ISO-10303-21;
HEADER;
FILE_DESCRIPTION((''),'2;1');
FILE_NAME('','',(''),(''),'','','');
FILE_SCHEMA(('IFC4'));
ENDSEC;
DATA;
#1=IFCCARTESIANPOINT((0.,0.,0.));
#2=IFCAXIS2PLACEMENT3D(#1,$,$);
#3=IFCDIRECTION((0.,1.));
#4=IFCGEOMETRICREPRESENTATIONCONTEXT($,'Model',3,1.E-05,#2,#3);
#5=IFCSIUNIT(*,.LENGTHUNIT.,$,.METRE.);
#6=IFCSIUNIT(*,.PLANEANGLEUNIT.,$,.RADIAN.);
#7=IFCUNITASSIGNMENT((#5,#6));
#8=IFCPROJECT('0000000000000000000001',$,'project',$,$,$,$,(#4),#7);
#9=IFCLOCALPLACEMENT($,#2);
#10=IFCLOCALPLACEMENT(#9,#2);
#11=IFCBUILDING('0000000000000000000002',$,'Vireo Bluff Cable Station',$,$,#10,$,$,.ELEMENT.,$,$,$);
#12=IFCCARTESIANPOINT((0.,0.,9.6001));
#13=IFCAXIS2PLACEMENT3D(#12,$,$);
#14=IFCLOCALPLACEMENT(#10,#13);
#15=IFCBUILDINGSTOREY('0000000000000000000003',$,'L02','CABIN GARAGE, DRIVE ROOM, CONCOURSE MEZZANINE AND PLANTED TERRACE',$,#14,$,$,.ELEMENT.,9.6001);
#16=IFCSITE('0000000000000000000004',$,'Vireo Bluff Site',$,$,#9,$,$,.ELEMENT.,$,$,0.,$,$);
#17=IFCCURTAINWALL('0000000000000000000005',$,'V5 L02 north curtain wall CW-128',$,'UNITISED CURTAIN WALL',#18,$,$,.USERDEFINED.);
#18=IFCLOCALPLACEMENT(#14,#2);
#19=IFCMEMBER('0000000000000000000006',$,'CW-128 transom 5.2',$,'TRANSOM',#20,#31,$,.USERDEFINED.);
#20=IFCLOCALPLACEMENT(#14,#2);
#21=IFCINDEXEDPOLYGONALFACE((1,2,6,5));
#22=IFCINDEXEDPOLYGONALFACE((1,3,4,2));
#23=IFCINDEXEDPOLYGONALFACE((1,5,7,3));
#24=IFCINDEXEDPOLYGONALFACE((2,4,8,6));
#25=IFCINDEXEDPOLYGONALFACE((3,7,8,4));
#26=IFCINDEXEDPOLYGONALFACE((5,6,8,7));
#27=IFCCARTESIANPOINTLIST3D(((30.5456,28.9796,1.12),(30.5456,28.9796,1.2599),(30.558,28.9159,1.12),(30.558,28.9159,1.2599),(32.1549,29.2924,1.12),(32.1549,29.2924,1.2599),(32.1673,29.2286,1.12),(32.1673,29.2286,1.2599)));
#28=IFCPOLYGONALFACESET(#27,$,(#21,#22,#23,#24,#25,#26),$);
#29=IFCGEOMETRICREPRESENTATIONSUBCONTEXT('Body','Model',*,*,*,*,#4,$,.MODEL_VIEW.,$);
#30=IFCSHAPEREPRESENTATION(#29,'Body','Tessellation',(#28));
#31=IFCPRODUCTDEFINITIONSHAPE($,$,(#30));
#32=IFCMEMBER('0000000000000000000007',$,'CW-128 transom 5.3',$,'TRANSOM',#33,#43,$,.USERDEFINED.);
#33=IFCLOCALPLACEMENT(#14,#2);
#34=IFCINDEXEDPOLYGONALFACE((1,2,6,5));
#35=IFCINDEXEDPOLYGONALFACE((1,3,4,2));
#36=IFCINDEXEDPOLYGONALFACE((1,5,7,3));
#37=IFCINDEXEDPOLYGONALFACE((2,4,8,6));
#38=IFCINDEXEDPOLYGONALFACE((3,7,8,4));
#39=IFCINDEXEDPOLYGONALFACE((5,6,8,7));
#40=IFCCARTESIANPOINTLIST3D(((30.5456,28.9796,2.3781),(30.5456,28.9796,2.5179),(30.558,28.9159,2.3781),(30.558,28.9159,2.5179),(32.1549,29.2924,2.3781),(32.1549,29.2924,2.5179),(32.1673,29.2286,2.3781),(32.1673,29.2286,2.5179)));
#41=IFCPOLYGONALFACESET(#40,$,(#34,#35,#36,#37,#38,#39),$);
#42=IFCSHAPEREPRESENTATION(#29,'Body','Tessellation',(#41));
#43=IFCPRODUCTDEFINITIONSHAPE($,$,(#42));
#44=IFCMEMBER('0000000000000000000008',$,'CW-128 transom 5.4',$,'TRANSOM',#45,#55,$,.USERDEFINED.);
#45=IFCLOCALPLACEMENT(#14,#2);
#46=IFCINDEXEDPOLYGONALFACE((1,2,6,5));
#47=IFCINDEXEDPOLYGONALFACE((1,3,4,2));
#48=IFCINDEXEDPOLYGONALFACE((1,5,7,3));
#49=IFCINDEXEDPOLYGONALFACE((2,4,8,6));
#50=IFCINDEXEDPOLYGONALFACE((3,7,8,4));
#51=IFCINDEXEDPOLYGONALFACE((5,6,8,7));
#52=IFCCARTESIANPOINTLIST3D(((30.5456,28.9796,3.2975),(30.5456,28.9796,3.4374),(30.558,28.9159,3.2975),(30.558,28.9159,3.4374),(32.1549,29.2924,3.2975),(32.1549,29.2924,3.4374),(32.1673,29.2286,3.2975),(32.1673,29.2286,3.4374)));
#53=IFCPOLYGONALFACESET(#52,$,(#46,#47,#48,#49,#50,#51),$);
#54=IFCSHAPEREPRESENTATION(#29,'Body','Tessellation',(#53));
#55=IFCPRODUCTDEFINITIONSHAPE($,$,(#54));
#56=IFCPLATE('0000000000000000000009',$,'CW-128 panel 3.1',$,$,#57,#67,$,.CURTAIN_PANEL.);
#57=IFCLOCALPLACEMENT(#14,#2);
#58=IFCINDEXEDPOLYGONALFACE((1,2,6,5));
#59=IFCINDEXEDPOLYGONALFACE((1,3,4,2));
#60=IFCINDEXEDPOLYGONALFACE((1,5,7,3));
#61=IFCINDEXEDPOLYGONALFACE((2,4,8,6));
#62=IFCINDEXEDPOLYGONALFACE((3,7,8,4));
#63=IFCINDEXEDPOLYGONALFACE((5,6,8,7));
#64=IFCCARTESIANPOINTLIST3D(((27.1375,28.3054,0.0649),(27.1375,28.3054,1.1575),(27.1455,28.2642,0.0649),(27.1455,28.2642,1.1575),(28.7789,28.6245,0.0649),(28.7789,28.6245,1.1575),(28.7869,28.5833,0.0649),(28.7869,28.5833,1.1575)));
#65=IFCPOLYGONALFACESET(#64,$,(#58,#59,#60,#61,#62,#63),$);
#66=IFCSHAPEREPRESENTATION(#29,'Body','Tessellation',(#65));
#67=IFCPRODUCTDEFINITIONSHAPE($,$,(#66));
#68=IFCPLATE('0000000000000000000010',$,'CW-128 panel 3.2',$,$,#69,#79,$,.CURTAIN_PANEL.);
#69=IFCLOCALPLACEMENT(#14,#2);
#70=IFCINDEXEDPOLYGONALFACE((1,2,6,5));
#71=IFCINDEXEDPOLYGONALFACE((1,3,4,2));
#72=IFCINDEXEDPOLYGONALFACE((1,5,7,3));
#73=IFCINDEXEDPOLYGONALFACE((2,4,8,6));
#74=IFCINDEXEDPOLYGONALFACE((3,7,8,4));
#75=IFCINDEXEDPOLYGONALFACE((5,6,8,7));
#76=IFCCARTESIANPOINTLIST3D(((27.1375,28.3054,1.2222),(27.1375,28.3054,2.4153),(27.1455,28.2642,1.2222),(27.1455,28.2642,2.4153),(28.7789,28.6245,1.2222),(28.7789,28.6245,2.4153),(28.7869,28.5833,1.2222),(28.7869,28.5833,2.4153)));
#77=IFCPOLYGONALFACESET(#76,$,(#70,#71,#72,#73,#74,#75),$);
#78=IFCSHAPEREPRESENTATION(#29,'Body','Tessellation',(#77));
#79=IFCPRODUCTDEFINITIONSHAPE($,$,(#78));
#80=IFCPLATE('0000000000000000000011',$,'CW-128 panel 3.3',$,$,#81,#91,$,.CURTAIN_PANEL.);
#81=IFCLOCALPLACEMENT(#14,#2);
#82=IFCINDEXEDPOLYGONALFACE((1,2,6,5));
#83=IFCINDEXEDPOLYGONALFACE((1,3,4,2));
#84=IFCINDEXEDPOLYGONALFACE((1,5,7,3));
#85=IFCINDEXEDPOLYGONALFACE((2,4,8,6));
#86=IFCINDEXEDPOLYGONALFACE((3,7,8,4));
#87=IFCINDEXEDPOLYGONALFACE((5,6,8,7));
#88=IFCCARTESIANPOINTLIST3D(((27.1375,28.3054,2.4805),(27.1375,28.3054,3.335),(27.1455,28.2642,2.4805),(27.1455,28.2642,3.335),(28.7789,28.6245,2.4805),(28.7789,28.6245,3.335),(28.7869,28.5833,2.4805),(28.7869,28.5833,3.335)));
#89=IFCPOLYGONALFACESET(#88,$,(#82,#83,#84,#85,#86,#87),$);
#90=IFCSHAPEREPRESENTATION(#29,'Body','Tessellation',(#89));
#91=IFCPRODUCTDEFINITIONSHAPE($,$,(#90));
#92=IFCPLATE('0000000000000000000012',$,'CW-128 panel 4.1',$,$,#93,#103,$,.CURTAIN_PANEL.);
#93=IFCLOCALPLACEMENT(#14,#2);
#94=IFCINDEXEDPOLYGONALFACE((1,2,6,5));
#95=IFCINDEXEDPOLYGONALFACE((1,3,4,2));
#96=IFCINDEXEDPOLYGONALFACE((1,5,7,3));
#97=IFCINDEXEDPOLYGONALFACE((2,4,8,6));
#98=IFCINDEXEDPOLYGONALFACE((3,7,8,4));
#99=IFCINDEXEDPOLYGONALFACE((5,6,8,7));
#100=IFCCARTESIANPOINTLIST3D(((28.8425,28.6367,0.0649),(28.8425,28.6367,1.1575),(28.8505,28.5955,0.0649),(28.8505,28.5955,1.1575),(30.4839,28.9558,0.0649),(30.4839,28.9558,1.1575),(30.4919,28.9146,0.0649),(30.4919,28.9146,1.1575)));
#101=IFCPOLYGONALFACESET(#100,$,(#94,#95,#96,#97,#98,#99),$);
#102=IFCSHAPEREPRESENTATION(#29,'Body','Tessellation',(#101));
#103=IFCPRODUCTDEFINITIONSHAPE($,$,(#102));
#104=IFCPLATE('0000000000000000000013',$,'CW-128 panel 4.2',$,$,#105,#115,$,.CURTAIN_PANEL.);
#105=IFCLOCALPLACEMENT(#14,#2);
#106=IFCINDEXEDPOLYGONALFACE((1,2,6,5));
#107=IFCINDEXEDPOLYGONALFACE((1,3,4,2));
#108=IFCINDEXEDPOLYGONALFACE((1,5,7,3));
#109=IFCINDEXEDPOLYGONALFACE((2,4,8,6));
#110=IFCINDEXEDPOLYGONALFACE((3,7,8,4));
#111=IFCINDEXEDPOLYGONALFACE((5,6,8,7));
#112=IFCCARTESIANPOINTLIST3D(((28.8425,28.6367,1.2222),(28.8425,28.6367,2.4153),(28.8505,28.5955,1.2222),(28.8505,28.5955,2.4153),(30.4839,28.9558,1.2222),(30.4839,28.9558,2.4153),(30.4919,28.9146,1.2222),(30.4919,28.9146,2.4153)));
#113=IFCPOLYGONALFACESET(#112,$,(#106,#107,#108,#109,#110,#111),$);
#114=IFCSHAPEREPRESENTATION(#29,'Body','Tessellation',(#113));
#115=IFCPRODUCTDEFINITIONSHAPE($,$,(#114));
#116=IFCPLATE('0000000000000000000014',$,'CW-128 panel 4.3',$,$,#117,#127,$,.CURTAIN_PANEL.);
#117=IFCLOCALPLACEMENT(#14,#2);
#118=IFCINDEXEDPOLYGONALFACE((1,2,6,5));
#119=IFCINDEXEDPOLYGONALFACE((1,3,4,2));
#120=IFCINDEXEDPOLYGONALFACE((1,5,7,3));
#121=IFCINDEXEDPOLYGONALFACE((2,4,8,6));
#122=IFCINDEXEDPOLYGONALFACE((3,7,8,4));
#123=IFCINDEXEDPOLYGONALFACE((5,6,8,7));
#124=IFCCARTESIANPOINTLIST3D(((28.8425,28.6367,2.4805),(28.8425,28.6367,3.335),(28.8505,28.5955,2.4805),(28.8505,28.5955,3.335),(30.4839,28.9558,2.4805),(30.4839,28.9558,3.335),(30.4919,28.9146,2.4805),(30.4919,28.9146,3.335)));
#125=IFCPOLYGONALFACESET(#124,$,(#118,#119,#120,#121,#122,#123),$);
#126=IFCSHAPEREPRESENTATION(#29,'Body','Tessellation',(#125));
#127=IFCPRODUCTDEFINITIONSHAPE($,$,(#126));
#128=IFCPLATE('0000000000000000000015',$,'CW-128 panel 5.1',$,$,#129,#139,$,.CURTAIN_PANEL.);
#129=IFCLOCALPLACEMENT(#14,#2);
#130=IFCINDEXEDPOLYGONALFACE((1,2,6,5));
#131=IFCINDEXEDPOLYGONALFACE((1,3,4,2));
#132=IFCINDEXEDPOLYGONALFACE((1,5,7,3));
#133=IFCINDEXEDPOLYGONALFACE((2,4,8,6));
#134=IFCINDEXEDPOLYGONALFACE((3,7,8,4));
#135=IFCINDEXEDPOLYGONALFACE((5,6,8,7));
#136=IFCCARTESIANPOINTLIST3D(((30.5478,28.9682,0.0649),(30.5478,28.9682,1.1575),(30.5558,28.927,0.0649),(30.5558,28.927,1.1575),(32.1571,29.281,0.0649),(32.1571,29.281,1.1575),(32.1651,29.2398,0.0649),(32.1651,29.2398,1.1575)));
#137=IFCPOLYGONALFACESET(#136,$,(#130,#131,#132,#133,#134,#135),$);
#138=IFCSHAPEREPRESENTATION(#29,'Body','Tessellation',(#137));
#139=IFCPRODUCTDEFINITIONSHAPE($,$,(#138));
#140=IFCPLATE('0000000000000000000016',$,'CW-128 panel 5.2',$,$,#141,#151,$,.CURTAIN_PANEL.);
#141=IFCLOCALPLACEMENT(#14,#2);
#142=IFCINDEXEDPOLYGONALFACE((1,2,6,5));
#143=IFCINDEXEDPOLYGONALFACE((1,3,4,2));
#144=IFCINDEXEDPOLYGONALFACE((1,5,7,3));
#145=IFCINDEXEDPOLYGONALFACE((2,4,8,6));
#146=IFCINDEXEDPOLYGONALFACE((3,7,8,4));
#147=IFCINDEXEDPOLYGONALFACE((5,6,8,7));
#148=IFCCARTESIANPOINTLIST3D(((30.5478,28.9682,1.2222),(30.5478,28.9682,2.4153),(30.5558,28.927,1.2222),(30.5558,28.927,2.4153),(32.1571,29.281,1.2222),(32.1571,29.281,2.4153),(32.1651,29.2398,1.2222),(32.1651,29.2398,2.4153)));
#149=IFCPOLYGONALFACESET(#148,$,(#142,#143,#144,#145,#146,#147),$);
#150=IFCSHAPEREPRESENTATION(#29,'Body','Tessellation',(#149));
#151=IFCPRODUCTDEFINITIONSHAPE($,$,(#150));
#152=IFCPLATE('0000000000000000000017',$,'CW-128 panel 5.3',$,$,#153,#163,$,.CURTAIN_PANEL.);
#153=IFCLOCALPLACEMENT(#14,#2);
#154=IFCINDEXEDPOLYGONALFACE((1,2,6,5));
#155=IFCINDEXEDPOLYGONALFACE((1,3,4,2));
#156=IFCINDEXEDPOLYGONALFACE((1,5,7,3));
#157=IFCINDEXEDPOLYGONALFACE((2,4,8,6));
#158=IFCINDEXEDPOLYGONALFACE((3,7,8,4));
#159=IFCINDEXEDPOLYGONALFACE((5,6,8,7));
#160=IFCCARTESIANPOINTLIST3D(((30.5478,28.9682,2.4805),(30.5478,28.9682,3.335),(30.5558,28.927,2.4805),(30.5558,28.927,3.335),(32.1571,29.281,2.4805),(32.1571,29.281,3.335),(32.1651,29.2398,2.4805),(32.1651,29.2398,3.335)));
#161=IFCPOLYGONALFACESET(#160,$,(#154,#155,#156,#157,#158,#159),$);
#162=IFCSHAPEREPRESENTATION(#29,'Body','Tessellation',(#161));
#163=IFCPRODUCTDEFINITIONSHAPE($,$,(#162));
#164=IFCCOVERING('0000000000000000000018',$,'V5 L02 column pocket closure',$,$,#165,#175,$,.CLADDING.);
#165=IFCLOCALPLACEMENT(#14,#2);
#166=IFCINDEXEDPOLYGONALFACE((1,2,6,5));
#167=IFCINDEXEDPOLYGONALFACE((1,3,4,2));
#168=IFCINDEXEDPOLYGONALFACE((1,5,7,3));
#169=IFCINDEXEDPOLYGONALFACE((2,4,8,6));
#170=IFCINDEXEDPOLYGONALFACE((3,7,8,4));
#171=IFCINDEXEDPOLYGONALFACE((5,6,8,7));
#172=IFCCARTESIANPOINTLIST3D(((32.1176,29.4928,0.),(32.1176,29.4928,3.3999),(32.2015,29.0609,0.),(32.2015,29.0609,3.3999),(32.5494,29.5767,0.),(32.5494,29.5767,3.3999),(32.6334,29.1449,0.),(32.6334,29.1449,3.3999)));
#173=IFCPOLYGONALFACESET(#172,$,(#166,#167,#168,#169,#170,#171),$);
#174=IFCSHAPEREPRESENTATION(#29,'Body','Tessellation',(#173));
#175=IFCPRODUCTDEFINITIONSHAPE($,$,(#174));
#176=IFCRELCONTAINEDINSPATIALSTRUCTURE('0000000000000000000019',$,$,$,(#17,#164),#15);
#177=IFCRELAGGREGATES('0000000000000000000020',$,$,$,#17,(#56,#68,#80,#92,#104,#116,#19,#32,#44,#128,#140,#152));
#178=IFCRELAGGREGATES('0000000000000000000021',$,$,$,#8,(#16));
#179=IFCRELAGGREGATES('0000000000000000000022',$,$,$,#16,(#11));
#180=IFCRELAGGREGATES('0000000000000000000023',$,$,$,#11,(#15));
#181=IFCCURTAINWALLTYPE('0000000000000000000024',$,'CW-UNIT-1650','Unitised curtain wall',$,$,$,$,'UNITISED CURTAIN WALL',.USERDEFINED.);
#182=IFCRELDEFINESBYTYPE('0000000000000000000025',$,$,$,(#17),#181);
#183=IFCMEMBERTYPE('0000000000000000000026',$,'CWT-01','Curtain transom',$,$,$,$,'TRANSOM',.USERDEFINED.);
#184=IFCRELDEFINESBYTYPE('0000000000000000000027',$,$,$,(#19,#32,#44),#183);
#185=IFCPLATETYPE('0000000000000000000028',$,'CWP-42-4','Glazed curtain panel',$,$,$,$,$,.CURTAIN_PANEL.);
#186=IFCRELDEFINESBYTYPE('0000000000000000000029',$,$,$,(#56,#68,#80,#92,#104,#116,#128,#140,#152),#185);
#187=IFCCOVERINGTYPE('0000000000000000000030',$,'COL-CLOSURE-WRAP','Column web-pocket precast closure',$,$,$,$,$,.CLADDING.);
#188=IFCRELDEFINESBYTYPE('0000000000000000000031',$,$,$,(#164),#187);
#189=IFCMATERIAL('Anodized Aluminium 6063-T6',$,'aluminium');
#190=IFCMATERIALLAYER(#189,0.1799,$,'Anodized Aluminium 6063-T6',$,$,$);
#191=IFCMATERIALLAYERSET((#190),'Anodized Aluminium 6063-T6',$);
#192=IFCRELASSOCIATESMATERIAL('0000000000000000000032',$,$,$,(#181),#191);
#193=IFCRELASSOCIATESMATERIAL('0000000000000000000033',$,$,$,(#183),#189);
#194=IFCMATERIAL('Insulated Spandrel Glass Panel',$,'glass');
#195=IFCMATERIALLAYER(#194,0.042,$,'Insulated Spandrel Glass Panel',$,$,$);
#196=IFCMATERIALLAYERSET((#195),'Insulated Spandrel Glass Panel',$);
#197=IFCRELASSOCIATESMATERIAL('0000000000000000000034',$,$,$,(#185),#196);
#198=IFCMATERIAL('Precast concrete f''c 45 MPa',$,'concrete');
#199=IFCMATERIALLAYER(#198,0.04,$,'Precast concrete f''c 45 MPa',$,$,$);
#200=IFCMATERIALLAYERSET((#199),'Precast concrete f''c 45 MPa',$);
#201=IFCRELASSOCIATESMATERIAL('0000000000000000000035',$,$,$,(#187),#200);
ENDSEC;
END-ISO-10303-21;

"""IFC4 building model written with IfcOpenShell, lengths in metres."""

from ifc_helpers import new_model, si_unit, direction, frame, origin, origin_2d, place, context, subcontext, project, spatial, rectangle, extrude, material, layer, layer_set, material_profile, profile_set, type_object, element, aggregate, save


model = new_model("IFC4")

# Units and contexts
model_context = context("Model", 3, precision=1e-05, world=origin(), true_north=direction((0.0, 1.0)))
body_context = subcontext(model_context, "Body", "Model", "MODEL_VIEW")
ifc_project = project(units=[si_unit("LENGTHUNIT", "METRE"), si_unit("PLANEANGLEUNIT", "RADIAN")], contexts=[model_context])

# Site, building, storey
site_placement = place(None, origin())
site = spatial("IfcSite", under=ifc_project, at=site_placement, Name="Vireo Bluff Site", CompositionType="ELEMENT", RefElevation=0.0)
building_placement = place(site_placement, origin())
building = spatial("IfcBuilding", under=site, at=building_placement, Name="Vireo Bluff Cable Station", CompositionType="ELEMENT")
storey_placement = place(building_placement, frame((0.0, 0.0, 9.6001)))
storey = spatial("IfcBuildingStorey", under=building, at=storey_placement, Name="L02", Description="CABIN GARAGE, DRIVE ROOM, CONCOURSE MEZZANINE AND PLANTED TERRACE", CompositionType="ELEMENT", Elevation=9.6001)

# Curtain wall, members, plates
ifc_material_1 = material(Name="Anodized Aluminium 6063-T6", Category="aluminium")
ifc_layer_1 = layer(ifc_material_1, 0.1799, Name="Anodized Aluminium 6063-T6")
ifc_layer_set_1 = layer_set([ifc_layer_1], Name="Anodized Aluminium 6063-T6")
curtain_wall_type = type_object("IfcCurtainWallType", Name="CW-UNIT-1650", Description="Unitised curtain wall", ElementType="UNITISED CURTAIN WALL", PredefinedType="USERDEFINED", material=ifc_layer_set_1)
curtain_wall_placement = place(storey_placement, origin())
curtain_wall = element("IfcCurtainWall", 1, at=curtain_wall_placement, inside=storey, type_object=curtain_wall_type, Name="V5 L02 north curtain wall CW-128", ObjectType="UNITISED CURTAIN WALL", PredefinedType="USERDEFINED")
ifc_material_profile_1 = material_profile(ifc_material_1, rectangle(XDim=0.0649, YDim=0.1399, at=origin_2d()), Name="ALU-T-65X140")
ifc_profile_set_1 = profile_set([ifc_material_profile_1], Name="Anodized Aluminium 6063-T6")
member_type_1 = type_object("IfcMemberType", Name="CWT-01", Description="Curtain transom", ElementType="TRANSOM", PredefinedType="USERDEFINED", material=ifc_profile_set_1)
member_1_placement = place(storey_placement, frame((30.5518, 28.9478, 1.1899), z_axis=(0.981637, 0.190758, 0.0), x_axis=(-0.190758, 0.981637, 0.0)))
member_1 = element("IfcMember", 2, at=member_1_placement, type_object=member_type_1, Name="CW-128 transom 5.2", ObjectType="TRANSOM", PredefinedType="USERDEFINED", context=body_context, shape_type="SweptSolid", body=[
    extrude(rectangle(XDim=0.0649, YDim=0.1399, at=origin_2d()), origin(), (0.0, 0.0, 1.0), 1.6394),
])
member_2_placement = place(storey_placement, frame((30.5518, 28.9478, 2.448), z_axis=(0.981637, 0.190758, 0.0), x_axis=(-0.190758, 0.981637, 0.0)))
member_2 = element("IfcMember", 3, at=member_2_placement, type_object=member_type_1, Name="CW-128 transom 5.3", ObjectType="TRANSOM", PredefinedType="USERDEFINED", context=body_context, shape_type="SweptSolid", body=[
    extrude(rectangle(XDim=0.0649, YDim=0.1399, at=origin_2d()), origin(), (0.0, 0.0, 1.0), 1.6394),
])
member_3_placement = place(storey_placement, frame((30.5518, 28.9478, 3.3674), z_axis=(0.981637, 0.190758, 0.0), x_axis=(-0.190758, 0.981637, 0.0)))
member_3 = element("IfcMember", 4, at=member_3_placement, type_object=member_type_1, Name="CW-128 transom 5.4", ObjectType="TRANSOM", PredefinedType="USERDEFINED", context=body_context, shape_type="SweptSolid", body=[
    extrude(rectangle(XDim=0.0649, YDim=0.1399, at=origin_2d()), origin(), (0.0, 0.0, 1.0), 1.6394),
])
ifc_material_2 = material(Name="Insulated Spandrel Glass Panel", Category="glass")
ifc_layer_2 = layer(ifc_material_2, 0.042, Name="Insulated Spandrel Glass Panel")
ifc_layer_set_2 = layer_set([ifc_layer_2], Name="Insulated Spandrel Glass Panel")
plate_type = type_object("IfcPlateType", Name="CWP-42-4", Description="Glazed curtain panel", PredefinedType="CURTAIN_PANEL", material=ifc_layer_set_2)
plate_1_placement = place(storey_placement, frame((27.9622, 28.4443, 0.0649), z_axis=(0.0, 0.0, 1.0), x_axis=(0.981627, 0.190809, 0.0)))
plate_1 = element("IfcPlate", 5, at=plate_1_placement, type_object=plate_type, Name="CW-128 panel 3.1", PredefinedType="CURTAIN_PANEL", context=body_context, shape_type="SweptSolid", body=[
    extrude(rectangle(XDim=1.6721, YDim=0.042, at=origin_2d()), origin(), (0.0, 0.0, 1.0), 1.0925),
])
plate_2_placement = place(storey_placement, frame((27.9622, 28.4443, 1.2222), z_axis=(0.0, 0.0, 1.0), x_axis=(0.981627, 0.190809, 0.0)))
plate_2 = element("IfcPlate", 6, at=plate_2_placement, type_object=plate_type, Name="CW-128 panel 3.2", PredefinedType="CURTAIN_PANEL", context=body_context, shape_type="SweptSolid", body=[
    extrude(rectangle(XDim=1.6721, YDim=0.042, at=origin_2d()), origin(), (0.0, 0.0, 1.0), 1.1931),
])
plate_3_placement = place(storey_placement, frame((27.9622, 28.4443, 2.4805), z_axis=(0.0, 0.0, 1.0), x_axis=(0.981627, 0.190809, 0.0)))
plate_3 = element("IfcPlate", 7, at=plate_3_placement, type_object=plate_type, Name="CW-128 panel 3.3", PredefinedType="CURTAIN_PANEL", context=body_context, shape_type="SweptSolid", body=[
    extrude(rectangle(XDim=1.6721, YDim=0.042, at=origin_2d()), origin(), (0.0, 0.0, 1.0), 0.8545),
])
plate_4_placement = place(storey_placement, frame((29.6672, 28.7756, 0.0649), z_axis=(0.0, 0.0, 1.0), x_axis=(0.981627, 0.190809, 0.0)))
plate_4 = element("IfcPlate", 8, at=plate_4_placement, type_object=plate_type, Name="CW-128 panel 4.1", PredefinedType="CURTAIN_PANEL", context=body_context, shape_type="SweptSolid", body=[
    extrude(rectangle(XDim=1.6721, YDim=0.042, at=origin_2d()), origin(), (0.0, 0.0, 1.0), 1.0925),
])
plate_5_placement = place(storey_placement, frame((29.6672, 28.7756, 1.2222), z_axis=(0.0, 0.0, 1.0), x_axis=(0.981627, 0.190809, 0.0)))
plate_5 = element("IfcPlate", 9, at=plate_5_placement, type_object=plate_type, Name="CW-128 panel 4.2", PredefinedType="CURTAIN_PANEL", context=body_context, shape_type="SweptSolid", body=[
    extrude(rectangle(XDim=1.6721, YDim=0.042, at=origin_2d()), origin(), (0.0, 0.0, 1.0), 1.1931),
])
plate_6_placement = place(storey_placement, frame((29.6672, 28.7756, 2.4805), z_axis=(0.0, 0.0, 1.0), x_axis=(0.981627, 0.190809, 0.0)))
plate_6 = element("IfcPlate", 10, at=plate_6_placement, type_object=plate_type, Name="CW-128 panel 4.3", PredefinedType="CURTAIN_PANEL", context=body_context, shape_type="SweptSolid", body=[
    extrude(rectangle(XDim=1.6721, YDim=0.042, at=origin_2d()), origin(), (0.0, 0.0, 1.0), 0.8545),
])
plate_7_placement = place(storey_placement, frame((31.3564, 29.104, 0.0649), z_axis=(0.0, 0.0, 1.0), x_axis=(0.981627, 0.190809, 0.0)))
plate_7 = element("IfcPlate", 11, at=plate_7_placement, type_object=plate_type, Name="CW-128 panel 5.1", PredefinedType="CURTAIN_PANEL", context=body_context, shape_type="SweptSolid", body=[
    extrude(rectangle(XDim=1.6394, YDim=0.042, at=origin_2d()), origin(), (0.0, 0.0, 1.0), 1.0925),
])
plate_8_placement = place(storey_placement, frame((31.3564, 29.104, 1.2222), z_axis=(0.0, 0.0, 1.0), x_axis=(0.981627, 0.190809, 0.0)))
plate_8 = element("IfcPlate", 12, at=plate_8_placement, type_object=plate_type, Name="CW-128 panel 5.2", PredefinedType="CURTAIN_PANEL", context=body_context, shape_type="SweptSolid", body=[
    extrude(rectangle(XDim=1.6394, YDim=0.042, at=origin_2d()), origin(), (0.0, 0.0, 1.0), 1.1931),
])
plate_9_placement = place(storey_placement, frame((31.3564, 29.104, 2.4805), z_axis=(0.0, 0.0, 1.0), x_axis=(0.981627, 0.190809, 0.0)))
plate_9 = element("IfcPlate", 13, at=plate_9_placement, type_object=plate_type, Name="CW-128 panel 5.3", PredefinedType="CURTAIN_PANEL", context=body_context, shape_type="SweptSolid", body=[
    extrude(rectangle(XDim=1.6394, YDim=0.042, at=origin_2d()), origin(), (0.0, 0.0, 1.0), 0.8545),
])
aggregate(curtain_wall, [plate_1, plate_2, plate_3, plate_4, plate_5, plate_6, member_1, member_2, member_3, plate_7, plate_8, plate_9])

# Shared definitions
ifc_material_3 = material(Name="Precast concrete f'c 45 MPa", Category="concrete")

# Covering
ifc_layer_3 = layer(ifc_material_3, 0.04, Name="Precast concrete f'c 45 MPa")
ifc_layer_set_3 = layer_set([ifc_layer_3], Name="Precast concrete f'c 45 MPa")
covering_type = type_object("IfcCoveringType", Name="COL-CLOSURE-WRAP", Description="Column web-pocket precast closure", PredefinedType="CLADDING", material=ifc_layer_set_3)
covering_placement = place(storey_placement, frame((32.3755, 29.3188, 0.0), z_axis=(0.0, 0.0, 1.0), x_axis=(0.981627, 0.190809, 0.0)))
element("IfcCovering", 14, at=covering_placement, inside=storey, type_object=covering_type, Name="V5 L02 column pocket closure", PredefinedType="CLADDING", context=body_context, shape_type="SweptSolid", body=[
    extrude(rectangle(XDim=0.4399, YDim=0.4399, at=origin_2d()), origin(), (0.0, 0.0, 1.0), 3.3999),
])

save(model, "model.ifc")
